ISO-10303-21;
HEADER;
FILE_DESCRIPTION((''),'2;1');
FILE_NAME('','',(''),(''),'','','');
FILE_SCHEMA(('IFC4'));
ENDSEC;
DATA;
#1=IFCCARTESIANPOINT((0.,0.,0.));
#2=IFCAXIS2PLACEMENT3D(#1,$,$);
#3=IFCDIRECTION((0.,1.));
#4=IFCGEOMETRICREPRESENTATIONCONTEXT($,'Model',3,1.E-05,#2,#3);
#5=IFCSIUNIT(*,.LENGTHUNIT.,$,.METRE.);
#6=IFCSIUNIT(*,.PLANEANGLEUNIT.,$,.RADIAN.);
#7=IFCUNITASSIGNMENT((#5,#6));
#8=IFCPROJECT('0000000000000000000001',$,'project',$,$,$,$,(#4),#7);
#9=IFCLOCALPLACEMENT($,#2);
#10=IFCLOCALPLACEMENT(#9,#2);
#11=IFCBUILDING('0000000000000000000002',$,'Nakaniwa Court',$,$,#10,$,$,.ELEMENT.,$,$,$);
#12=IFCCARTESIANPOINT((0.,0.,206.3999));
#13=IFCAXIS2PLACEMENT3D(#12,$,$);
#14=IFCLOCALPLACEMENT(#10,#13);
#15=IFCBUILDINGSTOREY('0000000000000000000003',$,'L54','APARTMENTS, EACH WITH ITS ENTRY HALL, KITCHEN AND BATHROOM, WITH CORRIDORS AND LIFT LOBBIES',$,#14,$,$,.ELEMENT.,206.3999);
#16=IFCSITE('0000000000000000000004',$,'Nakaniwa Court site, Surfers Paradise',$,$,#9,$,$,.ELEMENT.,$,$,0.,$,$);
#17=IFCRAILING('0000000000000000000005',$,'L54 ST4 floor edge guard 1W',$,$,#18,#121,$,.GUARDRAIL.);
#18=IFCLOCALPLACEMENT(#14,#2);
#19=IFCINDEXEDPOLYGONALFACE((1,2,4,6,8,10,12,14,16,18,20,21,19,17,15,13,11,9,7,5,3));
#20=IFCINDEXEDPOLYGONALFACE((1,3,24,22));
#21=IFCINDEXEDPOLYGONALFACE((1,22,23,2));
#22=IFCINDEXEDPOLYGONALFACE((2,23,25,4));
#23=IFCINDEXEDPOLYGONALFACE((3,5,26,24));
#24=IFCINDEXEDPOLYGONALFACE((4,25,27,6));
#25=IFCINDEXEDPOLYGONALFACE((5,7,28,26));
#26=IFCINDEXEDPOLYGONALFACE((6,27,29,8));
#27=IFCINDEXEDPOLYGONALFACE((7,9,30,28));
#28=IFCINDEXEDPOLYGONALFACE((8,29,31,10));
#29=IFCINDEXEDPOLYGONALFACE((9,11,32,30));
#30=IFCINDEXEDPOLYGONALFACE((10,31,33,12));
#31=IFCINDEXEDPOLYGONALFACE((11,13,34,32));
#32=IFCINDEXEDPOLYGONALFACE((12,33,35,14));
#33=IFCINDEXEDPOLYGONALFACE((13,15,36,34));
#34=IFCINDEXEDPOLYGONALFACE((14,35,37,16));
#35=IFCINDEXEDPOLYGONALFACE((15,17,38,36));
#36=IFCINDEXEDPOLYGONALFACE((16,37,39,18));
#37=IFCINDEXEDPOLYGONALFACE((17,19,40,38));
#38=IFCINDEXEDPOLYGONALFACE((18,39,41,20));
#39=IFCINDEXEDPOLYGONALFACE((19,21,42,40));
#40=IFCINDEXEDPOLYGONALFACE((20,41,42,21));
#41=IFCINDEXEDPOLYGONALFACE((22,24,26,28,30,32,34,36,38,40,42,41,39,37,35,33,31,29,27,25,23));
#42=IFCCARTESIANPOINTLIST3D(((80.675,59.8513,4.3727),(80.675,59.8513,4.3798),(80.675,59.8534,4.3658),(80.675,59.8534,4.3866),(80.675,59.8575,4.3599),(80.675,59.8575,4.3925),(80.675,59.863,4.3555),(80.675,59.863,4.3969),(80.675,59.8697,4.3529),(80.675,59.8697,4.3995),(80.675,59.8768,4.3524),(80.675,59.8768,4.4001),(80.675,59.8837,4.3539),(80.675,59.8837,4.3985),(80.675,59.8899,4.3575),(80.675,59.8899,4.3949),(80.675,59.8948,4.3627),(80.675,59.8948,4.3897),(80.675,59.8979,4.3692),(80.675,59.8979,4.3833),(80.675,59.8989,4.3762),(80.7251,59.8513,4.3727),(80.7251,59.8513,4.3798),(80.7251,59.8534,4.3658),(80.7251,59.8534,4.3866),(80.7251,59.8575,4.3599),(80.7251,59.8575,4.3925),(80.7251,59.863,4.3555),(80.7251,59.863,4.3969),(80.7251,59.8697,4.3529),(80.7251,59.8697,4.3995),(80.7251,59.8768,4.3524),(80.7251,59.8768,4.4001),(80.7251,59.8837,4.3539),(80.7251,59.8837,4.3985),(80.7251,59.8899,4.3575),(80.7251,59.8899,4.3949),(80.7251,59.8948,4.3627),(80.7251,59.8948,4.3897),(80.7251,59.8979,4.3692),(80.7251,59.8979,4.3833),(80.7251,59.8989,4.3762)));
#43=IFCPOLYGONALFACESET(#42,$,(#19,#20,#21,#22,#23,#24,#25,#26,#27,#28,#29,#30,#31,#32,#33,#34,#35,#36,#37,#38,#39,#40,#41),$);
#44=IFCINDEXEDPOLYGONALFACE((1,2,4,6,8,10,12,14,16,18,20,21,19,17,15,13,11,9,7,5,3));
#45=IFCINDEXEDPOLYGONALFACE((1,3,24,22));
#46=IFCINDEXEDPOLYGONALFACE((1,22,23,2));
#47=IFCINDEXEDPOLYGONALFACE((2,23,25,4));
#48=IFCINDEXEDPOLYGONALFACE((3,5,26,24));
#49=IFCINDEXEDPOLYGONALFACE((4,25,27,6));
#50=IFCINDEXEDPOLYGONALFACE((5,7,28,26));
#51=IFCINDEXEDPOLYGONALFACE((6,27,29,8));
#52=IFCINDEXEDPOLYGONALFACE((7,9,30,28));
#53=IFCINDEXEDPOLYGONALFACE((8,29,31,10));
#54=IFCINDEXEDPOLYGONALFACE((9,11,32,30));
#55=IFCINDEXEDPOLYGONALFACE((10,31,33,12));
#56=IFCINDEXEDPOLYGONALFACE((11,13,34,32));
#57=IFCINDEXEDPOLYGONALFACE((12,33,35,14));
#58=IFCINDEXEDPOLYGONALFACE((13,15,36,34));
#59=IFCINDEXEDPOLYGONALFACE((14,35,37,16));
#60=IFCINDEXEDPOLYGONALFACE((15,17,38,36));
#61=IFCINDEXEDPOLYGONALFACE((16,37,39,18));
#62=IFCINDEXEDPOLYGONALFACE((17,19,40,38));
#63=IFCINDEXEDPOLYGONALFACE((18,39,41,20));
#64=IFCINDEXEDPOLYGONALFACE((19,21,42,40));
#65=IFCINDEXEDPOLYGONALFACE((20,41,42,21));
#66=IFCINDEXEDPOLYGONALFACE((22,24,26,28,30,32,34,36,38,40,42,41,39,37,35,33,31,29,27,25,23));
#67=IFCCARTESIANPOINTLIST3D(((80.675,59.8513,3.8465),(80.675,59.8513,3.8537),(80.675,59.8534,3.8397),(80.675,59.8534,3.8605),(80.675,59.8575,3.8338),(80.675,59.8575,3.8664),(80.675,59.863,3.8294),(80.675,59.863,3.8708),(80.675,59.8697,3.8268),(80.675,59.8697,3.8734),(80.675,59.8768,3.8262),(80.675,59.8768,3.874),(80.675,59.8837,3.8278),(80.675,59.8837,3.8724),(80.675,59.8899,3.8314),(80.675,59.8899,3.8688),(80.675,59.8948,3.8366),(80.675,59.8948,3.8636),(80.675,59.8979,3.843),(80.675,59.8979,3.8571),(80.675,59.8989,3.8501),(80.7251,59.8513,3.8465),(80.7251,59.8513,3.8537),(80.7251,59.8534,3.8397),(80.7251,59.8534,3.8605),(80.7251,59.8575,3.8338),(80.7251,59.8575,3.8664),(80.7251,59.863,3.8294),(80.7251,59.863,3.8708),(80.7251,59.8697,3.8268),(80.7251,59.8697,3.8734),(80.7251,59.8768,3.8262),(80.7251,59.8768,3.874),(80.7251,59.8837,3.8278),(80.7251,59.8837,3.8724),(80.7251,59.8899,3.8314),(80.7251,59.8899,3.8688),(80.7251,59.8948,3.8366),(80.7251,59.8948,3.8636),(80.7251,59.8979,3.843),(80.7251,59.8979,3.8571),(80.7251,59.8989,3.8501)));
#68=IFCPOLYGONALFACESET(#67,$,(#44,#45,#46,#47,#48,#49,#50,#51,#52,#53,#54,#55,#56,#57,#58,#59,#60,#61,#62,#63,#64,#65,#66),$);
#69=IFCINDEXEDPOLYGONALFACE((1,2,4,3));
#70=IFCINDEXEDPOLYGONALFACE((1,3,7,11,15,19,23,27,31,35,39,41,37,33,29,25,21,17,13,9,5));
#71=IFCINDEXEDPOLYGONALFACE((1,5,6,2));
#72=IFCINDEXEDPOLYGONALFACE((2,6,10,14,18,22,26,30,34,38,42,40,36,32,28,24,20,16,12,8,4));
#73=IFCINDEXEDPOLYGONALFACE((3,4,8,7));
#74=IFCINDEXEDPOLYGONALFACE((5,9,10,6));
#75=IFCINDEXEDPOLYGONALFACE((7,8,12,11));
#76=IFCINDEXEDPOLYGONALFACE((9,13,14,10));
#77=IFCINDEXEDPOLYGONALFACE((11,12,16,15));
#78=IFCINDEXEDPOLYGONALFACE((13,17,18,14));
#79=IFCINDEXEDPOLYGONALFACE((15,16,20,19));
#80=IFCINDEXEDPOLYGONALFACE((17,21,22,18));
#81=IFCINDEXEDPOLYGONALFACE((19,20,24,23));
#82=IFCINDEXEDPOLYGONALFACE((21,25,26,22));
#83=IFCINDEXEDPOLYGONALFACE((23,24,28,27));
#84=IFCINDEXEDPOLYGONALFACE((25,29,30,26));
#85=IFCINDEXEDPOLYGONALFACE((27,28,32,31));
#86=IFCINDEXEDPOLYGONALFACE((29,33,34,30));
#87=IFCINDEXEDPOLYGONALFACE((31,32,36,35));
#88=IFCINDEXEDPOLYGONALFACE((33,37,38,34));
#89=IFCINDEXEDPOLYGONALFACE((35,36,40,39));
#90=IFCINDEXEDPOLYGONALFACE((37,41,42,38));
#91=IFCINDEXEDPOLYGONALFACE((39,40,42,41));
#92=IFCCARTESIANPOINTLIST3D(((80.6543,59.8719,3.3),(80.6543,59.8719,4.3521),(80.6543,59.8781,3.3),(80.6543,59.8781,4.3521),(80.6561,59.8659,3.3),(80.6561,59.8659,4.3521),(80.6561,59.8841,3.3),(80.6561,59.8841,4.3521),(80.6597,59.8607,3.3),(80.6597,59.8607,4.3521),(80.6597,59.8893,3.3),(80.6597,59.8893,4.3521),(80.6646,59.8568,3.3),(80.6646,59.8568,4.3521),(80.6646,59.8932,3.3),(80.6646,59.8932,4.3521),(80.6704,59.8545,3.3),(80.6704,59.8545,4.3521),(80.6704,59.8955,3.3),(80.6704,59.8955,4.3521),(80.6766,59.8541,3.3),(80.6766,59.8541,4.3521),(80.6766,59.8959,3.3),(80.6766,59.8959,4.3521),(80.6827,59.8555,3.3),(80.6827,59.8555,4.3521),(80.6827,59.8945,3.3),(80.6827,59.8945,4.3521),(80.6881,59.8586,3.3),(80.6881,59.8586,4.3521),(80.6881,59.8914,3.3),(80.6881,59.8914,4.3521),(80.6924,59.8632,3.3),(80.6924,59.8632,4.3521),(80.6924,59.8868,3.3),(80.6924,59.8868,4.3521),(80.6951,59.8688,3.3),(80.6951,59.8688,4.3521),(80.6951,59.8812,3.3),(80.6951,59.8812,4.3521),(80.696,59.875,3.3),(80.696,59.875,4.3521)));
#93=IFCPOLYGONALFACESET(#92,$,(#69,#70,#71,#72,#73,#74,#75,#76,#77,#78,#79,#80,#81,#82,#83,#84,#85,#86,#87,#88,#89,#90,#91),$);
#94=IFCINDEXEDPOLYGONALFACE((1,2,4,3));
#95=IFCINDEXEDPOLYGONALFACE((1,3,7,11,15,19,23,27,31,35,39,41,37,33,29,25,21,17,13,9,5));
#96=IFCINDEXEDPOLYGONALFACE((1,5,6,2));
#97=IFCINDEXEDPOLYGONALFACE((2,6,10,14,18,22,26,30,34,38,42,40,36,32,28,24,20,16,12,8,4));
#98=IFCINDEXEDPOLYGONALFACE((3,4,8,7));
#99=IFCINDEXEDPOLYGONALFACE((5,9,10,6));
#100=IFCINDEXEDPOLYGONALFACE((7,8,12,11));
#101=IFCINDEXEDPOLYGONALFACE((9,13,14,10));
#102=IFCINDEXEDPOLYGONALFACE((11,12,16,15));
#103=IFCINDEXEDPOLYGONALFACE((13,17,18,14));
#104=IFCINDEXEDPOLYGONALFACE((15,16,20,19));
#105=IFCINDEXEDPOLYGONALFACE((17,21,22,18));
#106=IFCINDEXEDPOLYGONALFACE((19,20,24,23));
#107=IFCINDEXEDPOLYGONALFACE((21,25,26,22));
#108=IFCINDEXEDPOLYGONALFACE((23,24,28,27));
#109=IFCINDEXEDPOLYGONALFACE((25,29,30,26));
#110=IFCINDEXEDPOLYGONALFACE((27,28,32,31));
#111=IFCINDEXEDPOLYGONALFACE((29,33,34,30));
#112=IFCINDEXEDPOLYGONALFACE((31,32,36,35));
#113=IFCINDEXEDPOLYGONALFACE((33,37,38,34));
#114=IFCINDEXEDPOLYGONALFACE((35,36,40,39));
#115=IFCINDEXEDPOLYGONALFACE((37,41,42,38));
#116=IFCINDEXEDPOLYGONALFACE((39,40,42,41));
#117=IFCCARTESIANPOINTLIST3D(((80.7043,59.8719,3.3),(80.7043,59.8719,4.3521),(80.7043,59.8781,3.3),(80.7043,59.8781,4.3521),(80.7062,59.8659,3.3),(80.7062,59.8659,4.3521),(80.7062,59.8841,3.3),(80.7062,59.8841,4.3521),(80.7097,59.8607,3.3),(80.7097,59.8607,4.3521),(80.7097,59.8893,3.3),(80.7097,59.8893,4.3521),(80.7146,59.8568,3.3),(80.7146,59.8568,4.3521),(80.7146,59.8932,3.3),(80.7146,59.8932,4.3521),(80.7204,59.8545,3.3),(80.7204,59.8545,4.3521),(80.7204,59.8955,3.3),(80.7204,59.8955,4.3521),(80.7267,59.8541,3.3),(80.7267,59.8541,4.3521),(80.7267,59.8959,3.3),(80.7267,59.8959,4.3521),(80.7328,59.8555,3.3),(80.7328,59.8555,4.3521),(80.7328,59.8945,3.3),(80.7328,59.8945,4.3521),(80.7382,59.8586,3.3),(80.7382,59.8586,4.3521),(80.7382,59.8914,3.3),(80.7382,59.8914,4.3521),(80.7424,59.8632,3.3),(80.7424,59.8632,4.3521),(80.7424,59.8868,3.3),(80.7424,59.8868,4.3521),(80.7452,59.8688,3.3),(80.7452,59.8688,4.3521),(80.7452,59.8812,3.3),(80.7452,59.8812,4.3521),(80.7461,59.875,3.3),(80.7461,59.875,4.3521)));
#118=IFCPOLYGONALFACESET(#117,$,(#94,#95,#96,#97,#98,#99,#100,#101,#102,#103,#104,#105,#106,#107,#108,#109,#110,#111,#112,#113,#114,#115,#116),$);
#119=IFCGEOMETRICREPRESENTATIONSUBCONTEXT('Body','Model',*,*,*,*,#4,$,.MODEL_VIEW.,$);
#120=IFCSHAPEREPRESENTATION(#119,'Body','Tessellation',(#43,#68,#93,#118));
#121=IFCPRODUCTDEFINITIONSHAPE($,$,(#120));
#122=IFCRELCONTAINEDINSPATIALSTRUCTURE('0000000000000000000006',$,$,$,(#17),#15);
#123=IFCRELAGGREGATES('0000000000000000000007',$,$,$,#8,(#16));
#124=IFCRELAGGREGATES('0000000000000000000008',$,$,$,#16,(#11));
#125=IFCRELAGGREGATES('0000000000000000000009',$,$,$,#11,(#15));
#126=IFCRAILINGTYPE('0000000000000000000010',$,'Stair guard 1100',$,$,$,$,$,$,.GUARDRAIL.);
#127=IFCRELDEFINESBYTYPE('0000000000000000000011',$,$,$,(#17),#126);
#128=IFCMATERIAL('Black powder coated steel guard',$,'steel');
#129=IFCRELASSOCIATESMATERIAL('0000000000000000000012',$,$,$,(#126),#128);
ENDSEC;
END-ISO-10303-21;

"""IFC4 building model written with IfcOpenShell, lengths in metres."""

from ifc_helpers import new_model, si_unit, direction, frame, origin, origin_2d, place, context, subcontext, project, spatial, circle, extrude, material, type_object, element, save


model = new_model("IFC4")

# Units and contexts
model_context = context("Model", 3, precision=1e-05, world=origin(), true_north=direction((0.0, 1.0)))
body_context = subcontext(model_context, "Body", "Model", "MODEL_VIEW")
ifc_project = project(units=[si_unit("LENGTHUNIT", "METRE"), si_unit("PLANEANGLEUNIT", "RADIAN")], contexts=[model_context])

# Site, building, storey
site_placement = place(None, origin())
site = spatial("IfcSite", under=ifc_project, at=site_placement, Name="Nakaniwa Court site, Surfers Paradise", CompositionType="ELEMENT", RefElevation=0.0)
building_placement = place(site_placement, origin())
building = spatial("IfcBuilding", under=site, at=building_placement, Name="Nakaniwa Court", CompositionType="ELEMENT")
storey_placement = place(building_placement, frame((0.0, 0.0, 206.3999)))
storey = spatial("IfcBuildingStorey", under=building, at=storey_placement, Name="L54", Description="APARTMENTS, EACH WITH ITS ENTRY HALL, KITCHEN AND BATHROOM, WITH CORRIDORS AND LIFT LOBBIES", CompositionType="ELEMENT", Elevation=206.3999)

# Railing
ifc_material_1 = material(Name="Black powder coated steel guard", Category="steel")
railing_type_1 = type_object("IfcRailingType", Name="Stair guard 1100", PredefinedType="GUARDRAIL", material=ifc_material_1)
for number, where, name in (
    (1, (80.675, 59.875, 3.3), "L54 ST4 floor edge guard 1W"),
):
    element("IfcRailing", number, at=place(storey_placement, frame(where)), inside=storey, type_object=railing_type_1, Name=name, PredefinedType="GUARDRAIL", context=body_context, shape_type="SweptSolid", body=[
        extrude(circle(Radius=0.0239, at=origin_2d()), frame((0.0, 0.0, 1.0762), z_axis=(1.0, 0.0, 0.0), x_axis=(0.0, 1.0, 0.0)), (0.0, 0.0, 1.0), 0.05),
        extrude(circle(Radius=0.0239, at=origin_2d()), frame((0.0, 0.0, 0.55), z_axis=(1.0, 0.0, 0.0), x_axis=(0.0, 1.0, 0.0)), (0.0, 0.0, 1.0), 0.05),
        extrude(circle(Radius=0.021, at=origin_2d()), origin(), (0.0, 0.0, 1.0), 1.052),
        extrude(circle(Radius=0.021, at=origin_2d()), frame((0.05, 0.0, 0.0)), (0.0, 0.0, 1.0), 1.052),
    ])

save(model, "model.ifc")
